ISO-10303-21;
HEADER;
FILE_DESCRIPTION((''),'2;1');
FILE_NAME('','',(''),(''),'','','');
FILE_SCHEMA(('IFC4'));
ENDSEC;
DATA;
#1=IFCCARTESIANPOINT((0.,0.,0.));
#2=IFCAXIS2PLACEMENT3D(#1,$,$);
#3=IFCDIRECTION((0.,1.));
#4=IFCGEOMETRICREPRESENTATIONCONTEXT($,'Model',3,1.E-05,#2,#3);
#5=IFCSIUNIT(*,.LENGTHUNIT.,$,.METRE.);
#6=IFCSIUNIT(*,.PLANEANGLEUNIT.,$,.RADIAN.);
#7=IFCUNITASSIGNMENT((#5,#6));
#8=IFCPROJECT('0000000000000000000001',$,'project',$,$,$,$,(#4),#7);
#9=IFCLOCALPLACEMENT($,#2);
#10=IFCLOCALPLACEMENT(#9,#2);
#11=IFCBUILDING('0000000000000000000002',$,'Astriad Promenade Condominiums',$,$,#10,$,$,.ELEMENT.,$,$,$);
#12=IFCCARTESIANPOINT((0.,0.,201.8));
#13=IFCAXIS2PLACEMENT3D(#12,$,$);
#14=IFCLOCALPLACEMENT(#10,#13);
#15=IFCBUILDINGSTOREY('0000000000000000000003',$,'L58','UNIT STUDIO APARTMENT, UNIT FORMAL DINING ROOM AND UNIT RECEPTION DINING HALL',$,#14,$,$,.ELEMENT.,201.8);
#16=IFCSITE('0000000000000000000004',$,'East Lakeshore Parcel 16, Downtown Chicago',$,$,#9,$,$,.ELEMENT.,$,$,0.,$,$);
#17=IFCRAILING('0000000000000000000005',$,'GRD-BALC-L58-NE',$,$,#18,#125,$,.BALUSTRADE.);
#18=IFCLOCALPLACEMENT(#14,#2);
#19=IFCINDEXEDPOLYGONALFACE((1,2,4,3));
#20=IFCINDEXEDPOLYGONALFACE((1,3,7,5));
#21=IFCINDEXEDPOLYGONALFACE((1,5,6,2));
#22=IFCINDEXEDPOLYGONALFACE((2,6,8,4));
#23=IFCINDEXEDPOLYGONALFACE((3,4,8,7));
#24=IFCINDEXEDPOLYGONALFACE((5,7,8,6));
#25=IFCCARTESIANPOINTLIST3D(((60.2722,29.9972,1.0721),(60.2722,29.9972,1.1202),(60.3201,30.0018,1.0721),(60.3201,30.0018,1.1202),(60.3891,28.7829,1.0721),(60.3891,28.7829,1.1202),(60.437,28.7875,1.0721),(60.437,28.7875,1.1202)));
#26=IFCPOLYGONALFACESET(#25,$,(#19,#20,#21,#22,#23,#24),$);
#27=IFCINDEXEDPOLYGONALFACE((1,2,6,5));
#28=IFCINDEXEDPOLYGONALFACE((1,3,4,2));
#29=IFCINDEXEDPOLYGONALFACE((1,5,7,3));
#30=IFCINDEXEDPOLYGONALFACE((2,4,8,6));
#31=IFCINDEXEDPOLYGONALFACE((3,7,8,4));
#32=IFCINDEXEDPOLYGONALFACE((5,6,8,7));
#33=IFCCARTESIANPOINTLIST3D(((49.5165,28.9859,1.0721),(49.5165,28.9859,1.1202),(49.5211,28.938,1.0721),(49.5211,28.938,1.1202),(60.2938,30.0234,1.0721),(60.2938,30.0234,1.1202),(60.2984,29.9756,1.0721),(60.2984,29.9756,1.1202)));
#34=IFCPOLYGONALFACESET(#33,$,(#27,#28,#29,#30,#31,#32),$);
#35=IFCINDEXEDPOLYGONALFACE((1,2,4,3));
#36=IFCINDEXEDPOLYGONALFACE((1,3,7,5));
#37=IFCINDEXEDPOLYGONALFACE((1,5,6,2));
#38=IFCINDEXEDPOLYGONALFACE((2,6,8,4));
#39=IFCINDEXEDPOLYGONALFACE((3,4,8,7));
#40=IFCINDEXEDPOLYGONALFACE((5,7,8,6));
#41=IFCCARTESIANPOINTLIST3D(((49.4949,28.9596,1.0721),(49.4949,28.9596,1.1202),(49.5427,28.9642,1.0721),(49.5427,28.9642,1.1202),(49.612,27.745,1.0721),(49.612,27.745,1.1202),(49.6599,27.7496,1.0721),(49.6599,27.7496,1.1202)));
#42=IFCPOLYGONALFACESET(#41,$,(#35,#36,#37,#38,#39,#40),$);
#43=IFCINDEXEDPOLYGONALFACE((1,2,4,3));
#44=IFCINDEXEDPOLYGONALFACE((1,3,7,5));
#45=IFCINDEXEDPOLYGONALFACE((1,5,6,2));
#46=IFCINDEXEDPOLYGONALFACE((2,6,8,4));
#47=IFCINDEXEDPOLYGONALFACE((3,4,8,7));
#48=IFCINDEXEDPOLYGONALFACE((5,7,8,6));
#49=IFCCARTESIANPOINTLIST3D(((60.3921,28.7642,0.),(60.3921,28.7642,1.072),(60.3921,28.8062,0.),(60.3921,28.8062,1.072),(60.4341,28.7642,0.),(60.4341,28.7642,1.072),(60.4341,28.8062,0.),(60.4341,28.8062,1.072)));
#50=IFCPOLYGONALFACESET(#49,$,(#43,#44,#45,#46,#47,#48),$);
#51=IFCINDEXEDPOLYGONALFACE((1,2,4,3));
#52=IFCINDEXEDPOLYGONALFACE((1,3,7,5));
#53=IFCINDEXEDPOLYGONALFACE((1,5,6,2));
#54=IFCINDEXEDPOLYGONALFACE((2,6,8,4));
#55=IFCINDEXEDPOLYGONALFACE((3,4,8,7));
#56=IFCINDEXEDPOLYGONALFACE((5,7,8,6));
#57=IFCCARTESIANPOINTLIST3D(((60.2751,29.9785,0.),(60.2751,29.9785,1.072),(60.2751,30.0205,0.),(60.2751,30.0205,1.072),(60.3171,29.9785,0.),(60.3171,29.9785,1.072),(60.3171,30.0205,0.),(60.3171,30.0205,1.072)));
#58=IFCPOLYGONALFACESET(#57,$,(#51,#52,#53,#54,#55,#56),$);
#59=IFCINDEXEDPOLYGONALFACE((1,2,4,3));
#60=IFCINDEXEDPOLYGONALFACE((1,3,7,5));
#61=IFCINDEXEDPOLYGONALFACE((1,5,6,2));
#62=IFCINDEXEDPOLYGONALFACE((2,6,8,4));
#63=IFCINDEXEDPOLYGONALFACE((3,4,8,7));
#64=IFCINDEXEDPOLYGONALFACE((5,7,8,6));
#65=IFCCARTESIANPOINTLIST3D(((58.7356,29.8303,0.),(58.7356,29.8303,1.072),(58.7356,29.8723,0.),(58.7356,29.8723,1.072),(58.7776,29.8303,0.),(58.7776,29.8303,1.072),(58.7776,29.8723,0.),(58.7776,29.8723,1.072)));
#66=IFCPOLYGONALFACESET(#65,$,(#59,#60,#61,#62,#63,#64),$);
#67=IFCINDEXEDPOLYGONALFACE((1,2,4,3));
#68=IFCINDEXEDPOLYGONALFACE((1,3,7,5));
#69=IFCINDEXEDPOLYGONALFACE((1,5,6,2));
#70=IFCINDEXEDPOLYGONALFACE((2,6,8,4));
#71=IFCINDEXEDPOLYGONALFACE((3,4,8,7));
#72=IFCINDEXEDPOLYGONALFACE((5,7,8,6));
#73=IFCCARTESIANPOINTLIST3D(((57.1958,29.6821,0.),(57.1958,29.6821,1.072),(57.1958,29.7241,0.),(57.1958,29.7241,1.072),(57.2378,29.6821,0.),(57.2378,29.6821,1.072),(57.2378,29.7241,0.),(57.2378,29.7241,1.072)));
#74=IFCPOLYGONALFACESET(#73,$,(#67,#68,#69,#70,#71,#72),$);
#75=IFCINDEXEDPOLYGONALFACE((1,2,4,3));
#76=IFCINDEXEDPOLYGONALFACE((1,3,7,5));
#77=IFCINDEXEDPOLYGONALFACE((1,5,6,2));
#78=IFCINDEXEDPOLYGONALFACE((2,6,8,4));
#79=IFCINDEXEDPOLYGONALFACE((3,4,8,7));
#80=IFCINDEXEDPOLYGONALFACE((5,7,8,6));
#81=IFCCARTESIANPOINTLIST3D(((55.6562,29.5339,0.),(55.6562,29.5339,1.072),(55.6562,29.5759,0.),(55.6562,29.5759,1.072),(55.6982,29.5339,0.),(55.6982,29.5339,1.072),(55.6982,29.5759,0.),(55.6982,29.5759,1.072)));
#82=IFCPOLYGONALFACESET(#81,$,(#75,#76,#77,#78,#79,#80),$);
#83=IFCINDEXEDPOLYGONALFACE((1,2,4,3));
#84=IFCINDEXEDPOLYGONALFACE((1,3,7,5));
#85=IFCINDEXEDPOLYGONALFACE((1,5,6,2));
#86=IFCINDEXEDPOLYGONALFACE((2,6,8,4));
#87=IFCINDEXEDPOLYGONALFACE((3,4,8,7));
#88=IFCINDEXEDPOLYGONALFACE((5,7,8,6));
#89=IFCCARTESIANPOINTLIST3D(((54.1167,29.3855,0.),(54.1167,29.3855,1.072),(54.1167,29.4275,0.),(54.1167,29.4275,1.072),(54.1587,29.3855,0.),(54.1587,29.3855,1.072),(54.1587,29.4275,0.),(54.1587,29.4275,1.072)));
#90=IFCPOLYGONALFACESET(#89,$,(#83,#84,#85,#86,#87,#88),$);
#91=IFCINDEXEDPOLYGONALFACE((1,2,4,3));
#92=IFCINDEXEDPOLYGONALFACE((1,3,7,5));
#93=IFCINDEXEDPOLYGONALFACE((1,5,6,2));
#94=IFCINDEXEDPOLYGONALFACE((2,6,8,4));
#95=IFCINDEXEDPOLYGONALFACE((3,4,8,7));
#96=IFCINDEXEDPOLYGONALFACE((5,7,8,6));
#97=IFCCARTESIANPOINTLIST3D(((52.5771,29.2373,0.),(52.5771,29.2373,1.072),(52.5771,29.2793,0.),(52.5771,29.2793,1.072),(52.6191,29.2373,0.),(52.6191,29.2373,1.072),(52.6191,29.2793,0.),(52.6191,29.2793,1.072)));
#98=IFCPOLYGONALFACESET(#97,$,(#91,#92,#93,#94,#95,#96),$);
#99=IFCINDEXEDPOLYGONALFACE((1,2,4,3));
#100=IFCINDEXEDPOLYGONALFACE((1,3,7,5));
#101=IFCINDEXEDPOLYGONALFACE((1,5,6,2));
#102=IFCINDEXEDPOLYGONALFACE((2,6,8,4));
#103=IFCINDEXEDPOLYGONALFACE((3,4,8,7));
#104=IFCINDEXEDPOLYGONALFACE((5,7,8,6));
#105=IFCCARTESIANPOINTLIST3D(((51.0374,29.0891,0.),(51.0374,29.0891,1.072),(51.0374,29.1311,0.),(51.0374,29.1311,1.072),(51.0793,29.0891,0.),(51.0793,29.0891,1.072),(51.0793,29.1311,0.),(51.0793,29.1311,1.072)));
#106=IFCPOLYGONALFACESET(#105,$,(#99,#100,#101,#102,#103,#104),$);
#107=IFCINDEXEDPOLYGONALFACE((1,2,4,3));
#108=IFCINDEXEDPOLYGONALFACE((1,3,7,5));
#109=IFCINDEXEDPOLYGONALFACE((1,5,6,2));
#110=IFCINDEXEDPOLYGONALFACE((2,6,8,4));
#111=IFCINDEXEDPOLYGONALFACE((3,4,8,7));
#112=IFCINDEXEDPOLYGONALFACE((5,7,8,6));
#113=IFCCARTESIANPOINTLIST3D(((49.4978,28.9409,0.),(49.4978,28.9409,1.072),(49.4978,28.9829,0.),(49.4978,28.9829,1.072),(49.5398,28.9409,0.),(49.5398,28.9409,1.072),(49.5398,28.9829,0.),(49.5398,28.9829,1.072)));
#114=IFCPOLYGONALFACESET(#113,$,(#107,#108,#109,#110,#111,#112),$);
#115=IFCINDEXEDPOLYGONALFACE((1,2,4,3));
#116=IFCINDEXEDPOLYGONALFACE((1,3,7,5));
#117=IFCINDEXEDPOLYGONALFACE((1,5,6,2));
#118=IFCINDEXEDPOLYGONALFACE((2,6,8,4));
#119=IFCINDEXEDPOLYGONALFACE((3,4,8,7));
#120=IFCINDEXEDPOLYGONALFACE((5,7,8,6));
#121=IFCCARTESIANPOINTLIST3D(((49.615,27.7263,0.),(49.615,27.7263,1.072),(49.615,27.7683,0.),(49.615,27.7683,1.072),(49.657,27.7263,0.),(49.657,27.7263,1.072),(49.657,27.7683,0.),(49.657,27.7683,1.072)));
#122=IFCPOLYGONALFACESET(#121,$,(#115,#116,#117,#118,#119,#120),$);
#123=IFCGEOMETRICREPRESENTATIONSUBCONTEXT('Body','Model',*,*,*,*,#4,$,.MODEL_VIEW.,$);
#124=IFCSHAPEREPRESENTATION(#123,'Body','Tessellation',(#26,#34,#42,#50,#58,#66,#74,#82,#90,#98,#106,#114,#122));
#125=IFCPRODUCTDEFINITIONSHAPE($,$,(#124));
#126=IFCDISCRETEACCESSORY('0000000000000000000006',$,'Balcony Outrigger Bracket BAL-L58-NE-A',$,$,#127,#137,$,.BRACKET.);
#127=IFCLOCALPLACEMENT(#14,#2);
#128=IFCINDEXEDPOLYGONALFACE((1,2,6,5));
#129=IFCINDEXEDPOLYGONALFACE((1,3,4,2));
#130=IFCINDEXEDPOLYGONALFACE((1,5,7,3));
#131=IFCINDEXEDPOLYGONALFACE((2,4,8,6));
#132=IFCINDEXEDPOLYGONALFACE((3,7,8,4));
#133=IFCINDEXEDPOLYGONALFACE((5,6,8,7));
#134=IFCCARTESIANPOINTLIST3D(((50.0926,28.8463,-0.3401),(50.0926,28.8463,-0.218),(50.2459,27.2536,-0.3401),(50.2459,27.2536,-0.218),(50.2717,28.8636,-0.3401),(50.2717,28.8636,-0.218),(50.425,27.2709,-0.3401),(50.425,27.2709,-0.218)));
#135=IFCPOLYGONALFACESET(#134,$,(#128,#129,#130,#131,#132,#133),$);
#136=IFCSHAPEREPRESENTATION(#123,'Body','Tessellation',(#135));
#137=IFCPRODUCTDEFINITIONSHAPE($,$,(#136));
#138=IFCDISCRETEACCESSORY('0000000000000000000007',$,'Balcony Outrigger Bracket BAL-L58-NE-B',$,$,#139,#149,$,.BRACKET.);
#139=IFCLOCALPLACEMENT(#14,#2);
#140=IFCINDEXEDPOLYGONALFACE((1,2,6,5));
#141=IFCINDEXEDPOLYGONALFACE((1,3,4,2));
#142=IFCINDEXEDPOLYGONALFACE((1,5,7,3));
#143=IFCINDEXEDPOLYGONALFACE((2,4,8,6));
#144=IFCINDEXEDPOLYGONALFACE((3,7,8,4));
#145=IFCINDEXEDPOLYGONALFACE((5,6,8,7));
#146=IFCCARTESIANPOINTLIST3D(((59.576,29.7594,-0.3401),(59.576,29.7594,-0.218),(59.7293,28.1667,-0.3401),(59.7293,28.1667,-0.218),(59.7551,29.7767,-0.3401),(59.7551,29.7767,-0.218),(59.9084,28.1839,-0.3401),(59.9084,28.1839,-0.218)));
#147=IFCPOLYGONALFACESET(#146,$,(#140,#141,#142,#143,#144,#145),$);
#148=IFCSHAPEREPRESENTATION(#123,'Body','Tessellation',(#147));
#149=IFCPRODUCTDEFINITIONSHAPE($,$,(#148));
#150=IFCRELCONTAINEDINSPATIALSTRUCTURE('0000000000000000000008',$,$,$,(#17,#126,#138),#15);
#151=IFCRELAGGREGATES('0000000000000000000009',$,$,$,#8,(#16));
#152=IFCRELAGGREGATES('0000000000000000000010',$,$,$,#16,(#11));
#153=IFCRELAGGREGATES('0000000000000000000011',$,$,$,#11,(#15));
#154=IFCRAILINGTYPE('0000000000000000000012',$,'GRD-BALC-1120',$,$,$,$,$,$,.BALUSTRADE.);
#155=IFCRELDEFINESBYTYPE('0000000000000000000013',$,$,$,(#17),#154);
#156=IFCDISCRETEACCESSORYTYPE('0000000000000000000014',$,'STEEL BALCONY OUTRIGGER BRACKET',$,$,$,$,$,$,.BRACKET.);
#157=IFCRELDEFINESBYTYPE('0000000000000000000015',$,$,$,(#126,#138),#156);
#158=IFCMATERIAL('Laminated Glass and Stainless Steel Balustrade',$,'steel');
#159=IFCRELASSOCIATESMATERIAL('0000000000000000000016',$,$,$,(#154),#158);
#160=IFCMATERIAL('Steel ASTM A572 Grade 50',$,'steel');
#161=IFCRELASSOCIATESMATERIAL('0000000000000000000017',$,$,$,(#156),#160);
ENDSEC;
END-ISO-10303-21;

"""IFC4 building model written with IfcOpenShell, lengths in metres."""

from ifc_helpers import new_model, si_unit, direction, frame, origin, origin_2d, place, context, subcontext, project, spatial, rectangle, extrude, source, transform, mapped, material, type_object, type_shapes, element, save


model = new_model("IFC4")

# Units and contexts
model_context = context("Model", 3, precision=1e-05, world=origin(), true_north=direction((0.0, 1.0)))
body_context = subcontext(model_context, "Body", "Model", "MODEL_VIEW")
ifc_project = project(units=[si_unit("LENGTHUNIT", "METRE"), si_unit("PLANEANGLEUNIT", "RADIAN")], contexts=[model_context])

# Site, building, storey
site_placement = place(None, origin())
site = spatial("IfcSite", under=ifc_project, at=site_placement, Name="East Lakeshore Parcel 16, Downtown Chicago", CompositionType="ELEMENT", RefElevation=0.0)
building_placement = place(site_placement, origin())
building = spatial("IfcBuilding", under=site, at=building_placement, Name="Astriad Promenade Condominiums", CompositionType="ELEMENT")
storey_placement = place(building_placement, frame((0.0, 0.0, 201.8)))
storey = spatial("IfcBuildingStorey", under=building, at=storey_placement, Name="L58", Description="UNIT STUDIO APARTMENT, UNIT FORMAL DINING ROOM AND UNIT RECEPTION DINING HALL", CompositionType="ELEMENT", Elevation=201.8)

# Railing
ifc_material_1 = material(Name="Laminated Glass and Stainless Steel Balustrade", Category="steel")
railing_type = type_object("IfcRailingType", Name="GRD-BALC-1120", PredefinedType="BALUSTRADE", material=ifc_material_1)
shared_shape_1 = source(origin(), body_context, "Body", "SweptSolid", [
    extrude(rectangle(XDim=0.0481, YDim=0.0481, at=origin_2d()), frame((0.0, 0.0, 1.0962), z_axis=(-0.095857, 0.995395, 0.0), x_axis=(-0.995395, -0.095857, 0.0)), (0.0, 0.0, 1.0), 1.22),
    extrude(rectangle(XDim=0.0481, YDim=0.0481, at=origin_2d()), frame((-0.1169, 1.2144, 1.0962), z_axis=(-0.995397, -0.095833, 0.0), x_axis=(0.095833, -0.995397, 0.0)), (0.0, 0.0, 1.0), 10.8271),
    extrude(rectangle(XDim=0.0481, YDim=0.0481, at=origin_2d()), frame((-10.8943, 0.1768, 1.0962), z_axis=(0.096036, -0.995378, 0.0), x_axis=(0.995378, 0.096036, 0.0)), (0.0, 0.0, 1.0), 1.2202),
    extrude(rectangle(XDim=0.042, YDim=0.042, at=origin_2d()), origin(), (0.0, 0.0, 1.0), 1.072),
    extrude(rectangle(XDim=0.042, YDim=0.042, at=origin_2d()), frame((-0.1169, 1.2144, 0.0)), (0.0, 0.0, 1.0), 1.072),
    extrude(rectangle(XDim=0.042, YDim=0.042, at=origin_2d()), frame((-1.6565, 1.0662, 0.0)), (0.0, 0.0, 1.0), 1.072),
    extrude(rectangle(XDim=0.042, YDim=0.042, at=origin_2d()), frame((-3.1963, 0.918, 0.0)), (0.0, 0.0, 1.0), 1.072),
    extrude(rectangle(XDim=0.042, YDim=0.042, at=origin_2d()), frame((-4.7358, 0.7698, 0.0)), (0.0, 0.0, 1.0), 1.072),
    extrude(rectangle(XDim=0.042, YDim=0.042, at=origin_2d()), frame((-6.2754, 0.6213, 0.0)), (0.0, 0.0, 1.0), 1.072),
    extrude(rectangle(XDim=0.042, YDim=0.042, at=origin_2d()), frame((-7.8149, 0.4731, 0.0)), (0.0, 0.0, 1.0), 1.072),
    extrude(rectangle(XDim=0.042, YDim=0.042, at=origin_2d()), frame((-9.3547, 0.325, 0.0)), (0.0, 0.0, 1.0), 1.072),
    extrude(rectangle(XDim=0.042, YDim=0.042, at=origin_2d()), frame((-10.8943, 0.1768, 0.0)), (0.0, 0.0, 1.0), 1.072),
    extrude(rectangle(XDim=0.042, YDim=0.042, at=origin_2d()), frame((-10.7771, -1.0378, 0.0)), (0.0, 0.0, 1.0), 1.072),
])
type_shapes(railing_type, [shared_shape_1])
railing_placement = place(storey_placement, frame((60.4131, 28.7852, 0.0)))
element("IfcRailing", 1, at=railing_placement, inside=storey, type_object=railing_type, Name="GRD-BALC-L58-NE", PredefinedType="BALUSTRADE", context=body_context, shape_type="MappedRepresentation", body=[
    mapped(shared_shape_1, transform((0.0, 0.0, 0.0), scale=1.0)),
])

# Discrete accessories
ifc_material_2 = material(Name="Steel ASTM A572 Grade 50", Category="steel")
discrete_accessory_type = type_object("IfcDiscreteAccessoryType", Name="STEEL BALCONY OUTRIGGER BRACKET", PredefinedType="BRACKET", material=ifc_material_2)
shared_shape_2 = source(origin(), body_context, "Body", "SweptSolid", [
    extrude(rectangle(XDim=1.6001, YDim=0.1799, at=origin_2d()), origin(), (0.0, 0.0, 1.0), 0.1221),
])
type_shapes(discrete_accessory_type, [shared_shape_2])
for number, where, z_axis, x_axis, name in (
    (2, (50.2588, 28.0586, -0.3401), (0.0, 0.0, 1.0), (-0.095846, 0.995396, 0.0), "Balcony Outrigger Bracket BAL-L58-NE-A"),
    (3, (59.7422, 28.9717, -0.3401), (0.0, 0.0, 1.0), (-0.095846, 0.995396, 0.0), "Balcony Outrigger Bracket BAL-L58-NE-B"),
):
    element("IfcDiscreteAccessory", number, at=place(storey_placement, frame(where, z_axis=z_axis, x_axis=x_axis)), inside=storey, type_object=discrete_accessory_type, Name=name, PredefinedType="BRACKET", context=body_context, shape_type="MappedRepresentation", body=[
        mapped(shared_shape_2, transform((0.0, 0.0, 0.0), scale=1.0)),
    ])

save(model, "model.ifc")
